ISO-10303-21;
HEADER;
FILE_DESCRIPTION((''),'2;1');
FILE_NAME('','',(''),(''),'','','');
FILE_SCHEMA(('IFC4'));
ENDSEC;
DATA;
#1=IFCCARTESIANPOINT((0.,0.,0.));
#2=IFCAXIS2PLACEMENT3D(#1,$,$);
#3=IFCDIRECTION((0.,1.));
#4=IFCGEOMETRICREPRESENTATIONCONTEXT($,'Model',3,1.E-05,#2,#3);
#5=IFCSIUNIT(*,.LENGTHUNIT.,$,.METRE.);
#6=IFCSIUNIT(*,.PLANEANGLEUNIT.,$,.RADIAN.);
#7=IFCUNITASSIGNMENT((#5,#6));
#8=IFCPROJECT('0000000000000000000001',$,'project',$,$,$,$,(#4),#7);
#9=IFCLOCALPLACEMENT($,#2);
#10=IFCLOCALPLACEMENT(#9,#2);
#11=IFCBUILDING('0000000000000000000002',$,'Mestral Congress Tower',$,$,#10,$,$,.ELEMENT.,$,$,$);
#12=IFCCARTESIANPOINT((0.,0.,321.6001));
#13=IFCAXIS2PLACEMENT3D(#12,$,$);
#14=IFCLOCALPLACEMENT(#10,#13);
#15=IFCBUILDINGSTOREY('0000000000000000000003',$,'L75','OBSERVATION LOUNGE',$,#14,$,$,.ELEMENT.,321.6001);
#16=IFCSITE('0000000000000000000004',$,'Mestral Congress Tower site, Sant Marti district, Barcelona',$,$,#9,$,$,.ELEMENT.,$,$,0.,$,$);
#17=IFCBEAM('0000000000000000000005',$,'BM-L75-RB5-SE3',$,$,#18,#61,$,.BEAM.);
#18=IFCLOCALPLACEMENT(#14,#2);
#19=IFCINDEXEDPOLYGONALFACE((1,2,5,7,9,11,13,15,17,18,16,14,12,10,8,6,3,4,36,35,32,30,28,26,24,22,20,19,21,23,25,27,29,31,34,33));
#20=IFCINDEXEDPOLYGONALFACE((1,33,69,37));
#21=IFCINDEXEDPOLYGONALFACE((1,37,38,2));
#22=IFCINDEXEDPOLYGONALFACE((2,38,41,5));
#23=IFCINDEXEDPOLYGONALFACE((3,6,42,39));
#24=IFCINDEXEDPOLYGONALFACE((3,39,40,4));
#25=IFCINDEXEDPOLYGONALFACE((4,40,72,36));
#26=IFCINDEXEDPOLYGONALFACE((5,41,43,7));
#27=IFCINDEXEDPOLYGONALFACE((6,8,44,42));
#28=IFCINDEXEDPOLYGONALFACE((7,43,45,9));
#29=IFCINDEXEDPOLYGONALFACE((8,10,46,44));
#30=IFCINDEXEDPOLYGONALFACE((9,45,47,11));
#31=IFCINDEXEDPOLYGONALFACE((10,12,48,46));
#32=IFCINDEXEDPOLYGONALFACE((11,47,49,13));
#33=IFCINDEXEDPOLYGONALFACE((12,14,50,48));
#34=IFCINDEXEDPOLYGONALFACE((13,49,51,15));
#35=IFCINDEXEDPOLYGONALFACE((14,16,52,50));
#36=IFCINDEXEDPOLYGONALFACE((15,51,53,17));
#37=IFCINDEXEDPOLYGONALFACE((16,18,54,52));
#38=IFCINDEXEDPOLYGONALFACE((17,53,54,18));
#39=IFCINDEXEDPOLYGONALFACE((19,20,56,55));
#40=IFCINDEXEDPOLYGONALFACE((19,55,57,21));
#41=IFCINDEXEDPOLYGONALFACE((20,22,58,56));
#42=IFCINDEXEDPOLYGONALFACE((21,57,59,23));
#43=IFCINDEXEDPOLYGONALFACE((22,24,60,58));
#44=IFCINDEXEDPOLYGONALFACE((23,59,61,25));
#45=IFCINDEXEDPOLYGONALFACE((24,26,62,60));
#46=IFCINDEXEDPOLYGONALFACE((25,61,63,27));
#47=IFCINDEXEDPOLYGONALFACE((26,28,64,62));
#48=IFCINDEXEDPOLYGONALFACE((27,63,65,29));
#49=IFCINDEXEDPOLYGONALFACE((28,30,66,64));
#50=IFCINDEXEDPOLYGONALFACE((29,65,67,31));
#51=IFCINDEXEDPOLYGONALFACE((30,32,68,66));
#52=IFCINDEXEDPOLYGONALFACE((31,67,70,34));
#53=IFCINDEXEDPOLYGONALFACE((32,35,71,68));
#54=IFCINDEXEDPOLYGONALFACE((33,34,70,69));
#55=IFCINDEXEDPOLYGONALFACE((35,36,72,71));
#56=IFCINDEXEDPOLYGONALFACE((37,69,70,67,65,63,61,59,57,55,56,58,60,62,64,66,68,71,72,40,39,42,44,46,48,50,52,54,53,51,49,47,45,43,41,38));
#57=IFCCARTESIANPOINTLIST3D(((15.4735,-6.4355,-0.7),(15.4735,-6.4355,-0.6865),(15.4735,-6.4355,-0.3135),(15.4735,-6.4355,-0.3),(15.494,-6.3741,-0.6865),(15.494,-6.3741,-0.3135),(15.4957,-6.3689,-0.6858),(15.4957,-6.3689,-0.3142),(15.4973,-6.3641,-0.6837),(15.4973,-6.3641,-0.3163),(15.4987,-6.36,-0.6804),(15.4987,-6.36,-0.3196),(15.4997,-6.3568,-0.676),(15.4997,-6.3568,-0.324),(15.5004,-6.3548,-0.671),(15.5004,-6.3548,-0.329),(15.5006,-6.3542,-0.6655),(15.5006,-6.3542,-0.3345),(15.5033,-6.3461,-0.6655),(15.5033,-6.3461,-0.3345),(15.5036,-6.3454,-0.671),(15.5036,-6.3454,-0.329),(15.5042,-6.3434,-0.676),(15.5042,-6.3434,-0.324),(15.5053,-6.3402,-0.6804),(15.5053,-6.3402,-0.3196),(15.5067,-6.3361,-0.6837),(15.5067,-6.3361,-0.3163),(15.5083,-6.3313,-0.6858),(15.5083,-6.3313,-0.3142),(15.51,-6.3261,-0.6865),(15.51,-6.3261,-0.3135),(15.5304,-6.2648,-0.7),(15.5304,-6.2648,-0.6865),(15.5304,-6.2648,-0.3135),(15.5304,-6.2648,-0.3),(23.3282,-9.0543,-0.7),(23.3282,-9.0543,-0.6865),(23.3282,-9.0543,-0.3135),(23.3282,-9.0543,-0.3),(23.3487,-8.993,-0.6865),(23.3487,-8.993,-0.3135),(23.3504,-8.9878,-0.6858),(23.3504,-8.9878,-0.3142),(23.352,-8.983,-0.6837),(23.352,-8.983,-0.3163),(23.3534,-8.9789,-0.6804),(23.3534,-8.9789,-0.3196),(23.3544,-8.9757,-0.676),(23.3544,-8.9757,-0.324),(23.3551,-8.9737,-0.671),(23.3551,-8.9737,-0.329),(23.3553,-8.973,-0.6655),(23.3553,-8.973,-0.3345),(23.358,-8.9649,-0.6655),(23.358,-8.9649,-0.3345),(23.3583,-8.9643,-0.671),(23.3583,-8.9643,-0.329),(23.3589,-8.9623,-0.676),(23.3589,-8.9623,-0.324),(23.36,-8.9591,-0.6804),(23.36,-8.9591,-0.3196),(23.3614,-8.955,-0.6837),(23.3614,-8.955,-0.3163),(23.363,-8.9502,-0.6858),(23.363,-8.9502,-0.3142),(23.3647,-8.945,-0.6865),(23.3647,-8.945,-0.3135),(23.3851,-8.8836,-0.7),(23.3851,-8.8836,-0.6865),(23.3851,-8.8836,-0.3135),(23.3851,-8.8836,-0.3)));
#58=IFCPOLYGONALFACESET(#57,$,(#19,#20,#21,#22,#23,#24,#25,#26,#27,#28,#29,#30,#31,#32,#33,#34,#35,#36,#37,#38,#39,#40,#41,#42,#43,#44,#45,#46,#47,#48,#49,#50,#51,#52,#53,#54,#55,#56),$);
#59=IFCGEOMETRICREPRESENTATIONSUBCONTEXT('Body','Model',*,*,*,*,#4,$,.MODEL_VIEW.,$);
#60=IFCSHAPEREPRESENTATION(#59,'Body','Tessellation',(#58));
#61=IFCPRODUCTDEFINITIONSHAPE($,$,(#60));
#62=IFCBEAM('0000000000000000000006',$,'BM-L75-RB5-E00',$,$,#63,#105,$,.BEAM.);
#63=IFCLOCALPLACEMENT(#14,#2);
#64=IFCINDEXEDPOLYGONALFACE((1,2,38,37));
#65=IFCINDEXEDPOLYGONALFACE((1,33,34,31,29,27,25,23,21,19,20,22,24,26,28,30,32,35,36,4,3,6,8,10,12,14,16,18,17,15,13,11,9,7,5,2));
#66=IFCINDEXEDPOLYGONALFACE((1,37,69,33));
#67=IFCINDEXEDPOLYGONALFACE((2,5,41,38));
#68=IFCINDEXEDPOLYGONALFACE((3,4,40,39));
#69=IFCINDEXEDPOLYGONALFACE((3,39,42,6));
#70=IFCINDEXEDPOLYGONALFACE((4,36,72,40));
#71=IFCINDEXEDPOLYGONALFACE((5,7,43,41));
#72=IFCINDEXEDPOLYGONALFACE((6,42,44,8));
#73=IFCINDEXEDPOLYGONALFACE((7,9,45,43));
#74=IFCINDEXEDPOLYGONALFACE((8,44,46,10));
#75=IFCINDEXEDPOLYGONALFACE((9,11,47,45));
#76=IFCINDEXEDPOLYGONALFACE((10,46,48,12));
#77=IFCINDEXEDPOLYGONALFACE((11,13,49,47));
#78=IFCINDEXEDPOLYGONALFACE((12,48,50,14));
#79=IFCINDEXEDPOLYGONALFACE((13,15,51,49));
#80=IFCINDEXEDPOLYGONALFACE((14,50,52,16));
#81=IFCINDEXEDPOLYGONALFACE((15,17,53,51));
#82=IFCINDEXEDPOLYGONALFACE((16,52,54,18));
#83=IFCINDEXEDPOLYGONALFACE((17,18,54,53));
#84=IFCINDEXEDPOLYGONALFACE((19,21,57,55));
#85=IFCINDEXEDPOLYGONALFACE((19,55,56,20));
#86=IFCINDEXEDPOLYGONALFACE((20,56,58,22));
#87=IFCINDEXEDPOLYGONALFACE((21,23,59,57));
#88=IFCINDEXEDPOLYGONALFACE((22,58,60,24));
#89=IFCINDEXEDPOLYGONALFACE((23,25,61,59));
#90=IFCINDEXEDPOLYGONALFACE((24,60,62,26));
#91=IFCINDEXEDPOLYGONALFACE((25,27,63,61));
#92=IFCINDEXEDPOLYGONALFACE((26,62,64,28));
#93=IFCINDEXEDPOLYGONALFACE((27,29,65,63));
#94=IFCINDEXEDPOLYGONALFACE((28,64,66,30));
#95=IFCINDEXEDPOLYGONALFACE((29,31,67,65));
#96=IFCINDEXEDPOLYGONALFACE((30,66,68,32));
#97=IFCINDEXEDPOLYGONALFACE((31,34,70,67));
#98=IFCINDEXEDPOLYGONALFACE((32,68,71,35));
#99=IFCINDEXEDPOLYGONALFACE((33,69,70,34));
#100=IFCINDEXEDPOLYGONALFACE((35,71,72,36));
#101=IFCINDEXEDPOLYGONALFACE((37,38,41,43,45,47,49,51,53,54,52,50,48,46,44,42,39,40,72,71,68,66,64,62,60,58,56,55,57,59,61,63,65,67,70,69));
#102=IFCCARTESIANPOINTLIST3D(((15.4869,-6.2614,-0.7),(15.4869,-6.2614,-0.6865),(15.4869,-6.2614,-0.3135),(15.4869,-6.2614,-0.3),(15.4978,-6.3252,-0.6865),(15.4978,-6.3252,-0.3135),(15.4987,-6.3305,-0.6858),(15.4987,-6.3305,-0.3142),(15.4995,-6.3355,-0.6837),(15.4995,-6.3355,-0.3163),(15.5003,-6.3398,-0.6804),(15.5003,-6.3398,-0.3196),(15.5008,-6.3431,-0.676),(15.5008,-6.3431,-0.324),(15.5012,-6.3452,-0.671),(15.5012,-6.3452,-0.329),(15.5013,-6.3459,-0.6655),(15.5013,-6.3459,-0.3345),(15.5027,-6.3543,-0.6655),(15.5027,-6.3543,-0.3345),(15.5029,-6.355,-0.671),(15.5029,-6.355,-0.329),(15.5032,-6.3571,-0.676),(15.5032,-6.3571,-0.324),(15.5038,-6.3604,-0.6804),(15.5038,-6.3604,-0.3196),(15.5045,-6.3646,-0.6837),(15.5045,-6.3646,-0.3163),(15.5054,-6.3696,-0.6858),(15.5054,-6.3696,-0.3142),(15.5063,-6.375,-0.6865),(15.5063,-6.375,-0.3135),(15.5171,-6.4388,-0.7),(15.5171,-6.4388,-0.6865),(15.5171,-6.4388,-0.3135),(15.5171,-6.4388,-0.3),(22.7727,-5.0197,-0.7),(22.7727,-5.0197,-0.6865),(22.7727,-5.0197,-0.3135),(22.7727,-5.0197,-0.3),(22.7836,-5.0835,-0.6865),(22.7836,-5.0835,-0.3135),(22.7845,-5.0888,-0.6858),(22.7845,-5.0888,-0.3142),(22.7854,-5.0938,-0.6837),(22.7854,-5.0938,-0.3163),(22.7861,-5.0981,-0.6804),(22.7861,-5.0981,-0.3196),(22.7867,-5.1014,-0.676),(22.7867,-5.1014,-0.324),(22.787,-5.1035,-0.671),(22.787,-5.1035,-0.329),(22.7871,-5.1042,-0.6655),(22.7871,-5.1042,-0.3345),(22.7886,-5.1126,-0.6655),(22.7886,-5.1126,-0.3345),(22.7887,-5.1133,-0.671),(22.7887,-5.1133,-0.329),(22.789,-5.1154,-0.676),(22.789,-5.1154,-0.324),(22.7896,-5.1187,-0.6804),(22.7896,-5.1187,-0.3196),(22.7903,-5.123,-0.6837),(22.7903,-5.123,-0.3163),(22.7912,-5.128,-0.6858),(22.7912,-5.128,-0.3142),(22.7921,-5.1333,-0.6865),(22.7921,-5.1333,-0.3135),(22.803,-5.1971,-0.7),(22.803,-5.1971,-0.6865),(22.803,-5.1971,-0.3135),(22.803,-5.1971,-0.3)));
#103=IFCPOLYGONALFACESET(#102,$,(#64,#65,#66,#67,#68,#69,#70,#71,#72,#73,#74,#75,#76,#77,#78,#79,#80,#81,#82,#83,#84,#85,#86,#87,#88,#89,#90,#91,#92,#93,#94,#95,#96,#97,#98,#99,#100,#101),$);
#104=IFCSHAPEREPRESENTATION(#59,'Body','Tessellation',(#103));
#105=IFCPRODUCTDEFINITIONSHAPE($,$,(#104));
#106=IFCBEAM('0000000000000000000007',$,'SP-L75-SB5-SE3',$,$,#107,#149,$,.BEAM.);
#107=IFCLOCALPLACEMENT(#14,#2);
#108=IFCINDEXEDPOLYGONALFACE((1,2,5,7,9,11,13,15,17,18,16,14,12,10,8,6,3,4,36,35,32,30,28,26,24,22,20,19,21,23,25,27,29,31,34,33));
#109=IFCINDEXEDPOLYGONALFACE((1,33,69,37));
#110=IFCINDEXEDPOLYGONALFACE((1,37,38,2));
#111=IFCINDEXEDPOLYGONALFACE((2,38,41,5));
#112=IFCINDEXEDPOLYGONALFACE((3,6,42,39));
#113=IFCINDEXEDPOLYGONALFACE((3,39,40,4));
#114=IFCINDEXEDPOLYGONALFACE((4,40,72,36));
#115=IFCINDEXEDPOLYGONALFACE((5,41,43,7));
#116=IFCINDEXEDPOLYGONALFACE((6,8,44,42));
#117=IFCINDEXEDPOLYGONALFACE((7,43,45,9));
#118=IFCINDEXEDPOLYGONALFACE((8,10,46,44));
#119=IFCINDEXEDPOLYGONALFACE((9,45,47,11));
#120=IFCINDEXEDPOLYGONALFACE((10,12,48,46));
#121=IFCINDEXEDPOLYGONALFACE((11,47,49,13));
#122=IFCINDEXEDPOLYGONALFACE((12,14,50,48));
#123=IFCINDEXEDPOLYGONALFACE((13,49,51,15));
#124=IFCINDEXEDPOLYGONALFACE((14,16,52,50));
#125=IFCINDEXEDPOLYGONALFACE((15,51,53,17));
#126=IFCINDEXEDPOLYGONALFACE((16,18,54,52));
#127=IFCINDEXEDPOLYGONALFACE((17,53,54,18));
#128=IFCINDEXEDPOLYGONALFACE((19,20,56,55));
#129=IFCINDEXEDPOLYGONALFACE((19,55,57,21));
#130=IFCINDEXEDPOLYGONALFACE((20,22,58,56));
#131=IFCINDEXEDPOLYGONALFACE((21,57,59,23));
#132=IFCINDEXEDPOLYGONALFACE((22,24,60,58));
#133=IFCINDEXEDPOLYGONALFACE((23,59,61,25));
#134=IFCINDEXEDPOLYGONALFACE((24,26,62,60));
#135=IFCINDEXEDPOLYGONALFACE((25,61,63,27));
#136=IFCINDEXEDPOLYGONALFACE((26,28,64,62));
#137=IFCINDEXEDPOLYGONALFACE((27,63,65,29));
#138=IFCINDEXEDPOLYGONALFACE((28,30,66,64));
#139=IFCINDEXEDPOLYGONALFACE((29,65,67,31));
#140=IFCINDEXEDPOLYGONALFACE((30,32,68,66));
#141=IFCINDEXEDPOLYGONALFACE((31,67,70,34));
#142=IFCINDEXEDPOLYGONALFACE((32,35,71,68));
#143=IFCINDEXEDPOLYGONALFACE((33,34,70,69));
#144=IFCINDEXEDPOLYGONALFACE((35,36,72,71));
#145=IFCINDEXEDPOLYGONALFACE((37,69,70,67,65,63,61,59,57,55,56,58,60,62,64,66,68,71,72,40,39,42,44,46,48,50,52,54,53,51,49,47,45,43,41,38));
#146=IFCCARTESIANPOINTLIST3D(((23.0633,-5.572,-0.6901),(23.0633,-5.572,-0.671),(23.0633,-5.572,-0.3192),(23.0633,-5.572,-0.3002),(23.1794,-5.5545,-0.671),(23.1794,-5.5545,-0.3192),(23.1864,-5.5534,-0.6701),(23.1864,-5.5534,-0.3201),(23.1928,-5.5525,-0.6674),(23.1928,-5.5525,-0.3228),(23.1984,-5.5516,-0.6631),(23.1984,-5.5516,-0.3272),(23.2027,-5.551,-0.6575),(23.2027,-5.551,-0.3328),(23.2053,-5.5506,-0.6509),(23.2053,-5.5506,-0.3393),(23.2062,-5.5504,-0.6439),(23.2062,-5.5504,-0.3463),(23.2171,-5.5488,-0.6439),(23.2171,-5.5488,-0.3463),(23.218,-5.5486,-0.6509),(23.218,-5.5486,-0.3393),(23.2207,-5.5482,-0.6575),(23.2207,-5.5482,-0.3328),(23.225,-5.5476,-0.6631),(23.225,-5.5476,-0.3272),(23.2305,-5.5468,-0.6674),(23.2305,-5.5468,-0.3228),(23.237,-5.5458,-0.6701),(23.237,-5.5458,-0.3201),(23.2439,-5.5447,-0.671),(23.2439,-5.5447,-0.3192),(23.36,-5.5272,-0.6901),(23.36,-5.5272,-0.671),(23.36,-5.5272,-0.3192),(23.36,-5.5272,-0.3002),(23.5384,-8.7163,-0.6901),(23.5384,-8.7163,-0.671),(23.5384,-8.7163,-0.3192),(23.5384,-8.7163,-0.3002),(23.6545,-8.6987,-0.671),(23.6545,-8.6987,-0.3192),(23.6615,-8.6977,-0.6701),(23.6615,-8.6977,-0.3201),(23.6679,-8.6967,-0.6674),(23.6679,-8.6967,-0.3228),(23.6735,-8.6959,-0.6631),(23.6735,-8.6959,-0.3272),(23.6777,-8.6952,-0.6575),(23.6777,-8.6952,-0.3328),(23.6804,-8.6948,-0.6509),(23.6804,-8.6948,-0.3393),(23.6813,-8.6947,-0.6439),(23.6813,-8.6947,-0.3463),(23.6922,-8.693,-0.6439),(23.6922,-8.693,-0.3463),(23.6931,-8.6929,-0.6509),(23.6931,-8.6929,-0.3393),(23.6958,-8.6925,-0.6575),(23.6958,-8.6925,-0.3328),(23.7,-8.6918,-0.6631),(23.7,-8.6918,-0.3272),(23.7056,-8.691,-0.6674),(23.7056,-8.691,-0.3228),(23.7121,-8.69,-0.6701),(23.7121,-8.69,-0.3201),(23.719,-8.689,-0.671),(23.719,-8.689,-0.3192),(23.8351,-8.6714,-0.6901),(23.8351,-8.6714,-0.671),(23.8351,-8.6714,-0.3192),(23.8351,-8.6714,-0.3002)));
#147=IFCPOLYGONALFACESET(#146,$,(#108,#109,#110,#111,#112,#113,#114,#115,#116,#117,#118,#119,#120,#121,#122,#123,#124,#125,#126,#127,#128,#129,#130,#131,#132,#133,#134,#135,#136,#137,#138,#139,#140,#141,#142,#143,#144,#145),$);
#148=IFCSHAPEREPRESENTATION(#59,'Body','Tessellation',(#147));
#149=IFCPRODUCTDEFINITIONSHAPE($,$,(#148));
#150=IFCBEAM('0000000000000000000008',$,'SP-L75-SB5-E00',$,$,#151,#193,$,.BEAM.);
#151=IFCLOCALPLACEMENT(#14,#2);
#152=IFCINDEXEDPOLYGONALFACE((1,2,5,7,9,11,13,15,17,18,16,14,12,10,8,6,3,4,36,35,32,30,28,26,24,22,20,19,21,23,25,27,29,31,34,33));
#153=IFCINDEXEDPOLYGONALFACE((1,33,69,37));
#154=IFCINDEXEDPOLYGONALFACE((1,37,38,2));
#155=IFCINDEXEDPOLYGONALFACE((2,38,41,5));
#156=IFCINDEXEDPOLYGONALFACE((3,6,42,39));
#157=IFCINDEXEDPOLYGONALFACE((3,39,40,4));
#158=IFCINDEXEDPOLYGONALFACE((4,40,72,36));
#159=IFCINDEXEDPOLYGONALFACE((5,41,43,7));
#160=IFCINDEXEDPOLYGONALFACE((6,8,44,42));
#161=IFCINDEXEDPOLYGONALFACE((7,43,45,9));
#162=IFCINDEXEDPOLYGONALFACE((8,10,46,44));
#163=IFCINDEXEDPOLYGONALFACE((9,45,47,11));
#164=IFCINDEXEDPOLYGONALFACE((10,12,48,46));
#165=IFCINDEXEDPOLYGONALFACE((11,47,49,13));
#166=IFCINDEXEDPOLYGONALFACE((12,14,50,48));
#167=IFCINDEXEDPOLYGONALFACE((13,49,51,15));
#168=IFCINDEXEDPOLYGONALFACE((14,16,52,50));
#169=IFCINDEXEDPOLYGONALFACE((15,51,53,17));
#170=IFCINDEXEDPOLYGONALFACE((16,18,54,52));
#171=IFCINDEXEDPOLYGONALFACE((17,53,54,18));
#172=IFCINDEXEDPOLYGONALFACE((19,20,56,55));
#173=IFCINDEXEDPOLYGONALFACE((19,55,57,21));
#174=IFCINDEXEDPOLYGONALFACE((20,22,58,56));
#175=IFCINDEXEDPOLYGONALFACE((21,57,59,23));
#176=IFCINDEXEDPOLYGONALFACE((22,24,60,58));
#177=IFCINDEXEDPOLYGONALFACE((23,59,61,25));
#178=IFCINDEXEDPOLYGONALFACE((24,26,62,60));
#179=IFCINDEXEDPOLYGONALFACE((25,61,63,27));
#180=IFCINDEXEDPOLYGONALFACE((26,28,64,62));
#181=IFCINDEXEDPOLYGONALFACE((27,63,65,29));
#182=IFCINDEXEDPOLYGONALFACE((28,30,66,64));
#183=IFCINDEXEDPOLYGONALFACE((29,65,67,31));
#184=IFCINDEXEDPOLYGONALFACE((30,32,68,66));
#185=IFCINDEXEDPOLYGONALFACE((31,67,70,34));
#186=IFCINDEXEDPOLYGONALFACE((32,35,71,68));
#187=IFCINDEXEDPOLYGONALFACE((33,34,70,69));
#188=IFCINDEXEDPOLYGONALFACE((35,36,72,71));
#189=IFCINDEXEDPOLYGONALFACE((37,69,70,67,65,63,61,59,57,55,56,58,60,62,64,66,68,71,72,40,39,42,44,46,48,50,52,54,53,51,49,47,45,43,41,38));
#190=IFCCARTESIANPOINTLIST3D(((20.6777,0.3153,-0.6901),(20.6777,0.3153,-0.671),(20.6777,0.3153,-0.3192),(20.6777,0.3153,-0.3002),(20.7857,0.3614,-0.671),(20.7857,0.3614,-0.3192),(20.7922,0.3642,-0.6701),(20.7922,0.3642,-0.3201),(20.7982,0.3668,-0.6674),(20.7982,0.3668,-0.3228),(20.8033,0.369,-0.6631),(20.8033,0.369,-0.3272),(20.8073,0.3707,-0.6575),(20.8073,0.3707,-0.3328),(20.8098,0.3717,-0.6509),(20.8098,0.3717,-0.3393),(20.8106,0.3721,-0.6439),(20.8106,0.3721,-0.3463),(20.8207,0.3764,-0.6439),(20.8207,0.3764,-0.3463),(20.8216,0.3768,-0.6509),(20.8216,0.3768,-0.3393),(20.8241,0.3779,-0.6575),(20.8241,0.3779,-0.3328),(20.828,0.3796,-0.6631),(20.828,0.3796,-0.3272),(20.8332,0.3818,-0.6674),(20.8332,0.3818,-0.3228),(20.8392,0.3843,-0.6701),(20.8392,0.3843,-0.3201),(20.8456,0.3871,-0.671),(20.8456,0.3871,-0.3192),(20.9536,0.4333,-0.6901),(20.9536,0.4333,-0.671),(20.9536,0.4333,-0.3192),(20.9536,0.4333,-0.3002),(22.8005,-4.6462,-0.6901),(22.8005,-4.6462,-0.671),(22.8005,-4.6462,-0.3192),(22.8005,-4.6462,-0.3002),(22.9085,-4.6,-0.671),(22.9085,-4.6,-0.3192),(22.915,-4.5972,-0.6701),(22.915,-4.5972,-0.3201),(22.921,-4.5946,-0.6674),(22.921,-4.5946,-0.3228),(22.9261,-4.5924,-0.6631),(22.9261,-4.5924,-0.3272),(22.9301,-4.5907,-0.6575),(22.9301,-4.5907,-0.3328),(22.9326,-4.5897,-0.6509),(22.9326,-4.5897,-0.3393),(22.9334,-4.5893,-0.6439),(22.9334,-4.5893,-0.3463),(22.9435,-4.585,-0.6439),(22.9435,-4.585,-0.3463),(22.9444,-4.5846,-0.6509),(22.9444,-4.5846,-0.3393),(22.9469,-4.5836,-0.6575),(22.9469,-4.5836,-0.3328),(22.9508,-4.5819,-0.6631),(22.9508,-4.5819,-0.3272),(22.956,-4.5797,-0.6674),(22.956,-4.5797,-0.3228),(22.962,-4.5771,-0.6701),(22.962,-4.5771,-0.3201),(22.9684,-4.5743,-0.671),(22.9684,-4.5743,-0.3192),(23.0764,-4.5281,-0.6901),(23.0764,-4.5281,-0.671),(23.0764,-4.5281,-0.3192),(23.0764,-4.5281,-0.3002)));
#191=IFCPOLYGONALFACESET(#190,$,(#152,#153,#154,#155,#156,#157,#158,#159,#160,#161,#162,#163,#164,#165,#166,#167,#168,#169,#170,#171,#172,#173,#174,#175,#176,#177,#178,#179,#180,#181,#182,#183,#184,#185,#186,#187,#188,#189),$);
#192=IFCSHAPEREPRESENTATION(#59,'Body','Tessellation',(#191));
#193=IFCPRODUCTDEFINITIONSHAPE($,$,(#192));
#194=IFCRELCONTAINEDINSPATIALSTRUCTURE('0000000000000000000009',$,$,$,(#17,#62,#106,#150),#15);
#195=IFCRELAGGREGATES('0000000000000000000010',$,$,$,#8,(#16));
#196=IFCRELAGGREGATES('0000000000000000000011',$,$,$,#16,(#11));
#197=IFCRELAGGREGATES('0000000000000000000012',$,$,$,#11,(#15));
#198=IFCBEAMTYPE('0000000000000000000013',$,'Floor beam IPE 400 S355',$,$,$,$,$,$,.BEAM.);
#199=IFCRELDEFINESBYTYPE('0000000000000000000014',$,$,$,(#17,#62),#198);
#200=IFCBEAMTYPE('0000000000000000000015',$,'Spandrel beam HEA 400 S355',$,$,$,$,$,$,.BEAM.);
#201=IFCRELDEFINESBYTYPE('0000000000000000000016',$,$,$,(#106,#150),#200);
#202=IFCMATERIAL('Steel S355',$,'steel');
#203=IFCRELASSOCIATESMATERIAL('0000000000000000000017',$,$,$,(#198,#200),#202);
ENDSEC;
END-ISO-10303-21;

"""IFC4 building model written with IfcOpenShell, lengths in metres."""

from ifc_helpers import new_model, si_unit, direction, frame, origin, origin_2d, place, context, subcontext, project, spatial, i_section, extrude, material, material_profile, profile_set, type_object, element, save


model = new_model("IFC4")

# Units and contexts
model_context = context("Model", 3, precision=1e-05, world=origin(), true_north=direction((0.0, 1.0)))
body_context = subcontext(model_context, "Body", "Model", "MODEL_VIEW")
ifc_project = project(units=[si_unit("LENGTHUNIT", "METRE"), si_unit("PLANEANGLEUNIT", "RADIAN")], contexts=[model_context])

# Site, building, storey
site_placement = place(None, origin())
site = spatial("IfcSite", under=ifc_project, at=site_placement, Name="Mestral Congress Tower site, Sant Marti district, Barcelona", CompositionType="ELEMENT", RefElevation=0.0)
building_placement = place(site_placement, origin())
building = spatial("IfcBuilding", under=site, at=building_placement, Name="Mestral Congress Tower", CompositionType="ELEMENT")
storey_placement = place(building_placement, frame((0.0, 0.0, 321.6001)))
storey = spatial("IfcBuildingStorey", under=building, at=storey_placement, Name="L75", Description="OBSERVATION LOUNGE", CompositionType="ELEMENT", Elevation=321.6001)

# Beams
ifc_material_1 = material(Name="Steel S355", Category="steel")
ifc_material_profile_1 = material_profile(ifc_material_1, i_section(OverallWidth=0.1799, OverallDepth=0.3999, WebThickness=0.0085, FlangeThickness=0.0134, FilletRadius=0.021, at=origin_2d()), Name="IPE 400")
ifc_profile_set_1 = profile_set([ifc_material_profile_1], Name="Steel S355")
beam_type_1 = type_object("IfcBeamType", Name="Floor beam IPE 400 S355", PredefinedType="BEAM", material=ifc_profile_set_1)
beam_1_placement = place(storey_placement, frame((23.3567, -8.969, -0.5), z_axis=(-0.94866, 0.316299, 0.0), x_axis=(-0.316299, -0.94866, 0.0)))
element("IfcBeam", 1, at=beam_1_placement, inside=storey, type_object=beam_type_1, Name="BM-L75-RB5-SE3", PredefinedType="BEAM", context=body_context, shape_type="SweptSolid", body=[
    extrude(i_section(OverallWidth=0.1799, OverallDepth=0.3999, WebThickness=0.0085, FlangeThickness=0.0134, FilletRadius=0.021, at=origin_2d()), origin(), (0.0, 0.0, 1.0), 8.2798),
])
beam_2_placement = place(storey_placement, frame((22.7878, -5.1084, -0.5), z_axis=(-0.985787, -0.168003, 0.0), x_axis=(0.168003, -0.985787, 0.0)))
element("IfcBeam", 2, at=beam_2_placement, inside=storey, type_object=beam_type_1, Name="BM-L75-RB5-E00", PredefinedType="BEAM", context=body_context, shape_type="SweptSolid", body=[
    extrude(i_section(OverallWidth=0.1799, OverallDepth=0.3999, WebThickness=0.0085, FlangeThickness=0.0134, FilletRadius=0.021, at=origin_2d()), origin(), (0.0, 0.0, 1.0), 7.3909),
])
ifc_material_profile_2 = material_profile(ifc_material_1, i_section(OverallWidth=0.3, OverallDepth=0.3899, WebThickness=0.011, FlangeThickness=0.019, FilletRadius=0.0271, at=origin_2d()), Name="HEA 400")
ifc_profile_set_2 = profile_set([ifc_material_profile_2], Name="Steel S355")
beam_type_2 = type_object("IfcBeamType", Name="Spandrel beam HEA 400 S355", PredefinedType="BEAM", material=ifc_profile_set_2)
beam_3_placement = place(storey_placement, frame((23.6868, -8.6938, -0.4951), z_axis=(-0.149403, 0.988776, 0.0), x_axis=(-0.988776, -0.149403, 0.0)))
element("IfcBeam", 3, at=beam_3_placement, inside=storey, type_object=beam_type_2, Name="SP-L75-SB5-SE3", PredefinedType="BEAM", context=body_context, shape_type="SweptSolid", body=[
    extrude(i_section(OverallWidth=0.3, OverallDepth=0.3899, WebThickness=0.011, FlangeThickness=0.019, FilletRadius=0.0271, at=origin_2d()), origin(), (0.0, 0.0, 1.0), 3.1799),
])
beam_4_placement = place(storey_placement, frame((22.9385, -4.5872, -0.4951), z_axis=(-0.393368, 0.919381, 0.0), x_axis=(-0.919381, -0.393368, 0.0)))
element("IfcBeam", 4, at=beam_4_placement, inside=storey, type_object=beam_type_2, Name="SP-L75-SB5-E00", PredefinedType="BEAM", context=body_context, shape_type="SweptSolid", body=[
    extrude(i_section(OverallWidth=0.3, OverallDepth=0.3899, WebThickness=0.011, FlangeThickness=0.019, FilletRadius=0.0271, at=origin_2d()), origin(), (0.0, 0.0, 1.0), 5.3965),
])

save(model, "model.ifc")
